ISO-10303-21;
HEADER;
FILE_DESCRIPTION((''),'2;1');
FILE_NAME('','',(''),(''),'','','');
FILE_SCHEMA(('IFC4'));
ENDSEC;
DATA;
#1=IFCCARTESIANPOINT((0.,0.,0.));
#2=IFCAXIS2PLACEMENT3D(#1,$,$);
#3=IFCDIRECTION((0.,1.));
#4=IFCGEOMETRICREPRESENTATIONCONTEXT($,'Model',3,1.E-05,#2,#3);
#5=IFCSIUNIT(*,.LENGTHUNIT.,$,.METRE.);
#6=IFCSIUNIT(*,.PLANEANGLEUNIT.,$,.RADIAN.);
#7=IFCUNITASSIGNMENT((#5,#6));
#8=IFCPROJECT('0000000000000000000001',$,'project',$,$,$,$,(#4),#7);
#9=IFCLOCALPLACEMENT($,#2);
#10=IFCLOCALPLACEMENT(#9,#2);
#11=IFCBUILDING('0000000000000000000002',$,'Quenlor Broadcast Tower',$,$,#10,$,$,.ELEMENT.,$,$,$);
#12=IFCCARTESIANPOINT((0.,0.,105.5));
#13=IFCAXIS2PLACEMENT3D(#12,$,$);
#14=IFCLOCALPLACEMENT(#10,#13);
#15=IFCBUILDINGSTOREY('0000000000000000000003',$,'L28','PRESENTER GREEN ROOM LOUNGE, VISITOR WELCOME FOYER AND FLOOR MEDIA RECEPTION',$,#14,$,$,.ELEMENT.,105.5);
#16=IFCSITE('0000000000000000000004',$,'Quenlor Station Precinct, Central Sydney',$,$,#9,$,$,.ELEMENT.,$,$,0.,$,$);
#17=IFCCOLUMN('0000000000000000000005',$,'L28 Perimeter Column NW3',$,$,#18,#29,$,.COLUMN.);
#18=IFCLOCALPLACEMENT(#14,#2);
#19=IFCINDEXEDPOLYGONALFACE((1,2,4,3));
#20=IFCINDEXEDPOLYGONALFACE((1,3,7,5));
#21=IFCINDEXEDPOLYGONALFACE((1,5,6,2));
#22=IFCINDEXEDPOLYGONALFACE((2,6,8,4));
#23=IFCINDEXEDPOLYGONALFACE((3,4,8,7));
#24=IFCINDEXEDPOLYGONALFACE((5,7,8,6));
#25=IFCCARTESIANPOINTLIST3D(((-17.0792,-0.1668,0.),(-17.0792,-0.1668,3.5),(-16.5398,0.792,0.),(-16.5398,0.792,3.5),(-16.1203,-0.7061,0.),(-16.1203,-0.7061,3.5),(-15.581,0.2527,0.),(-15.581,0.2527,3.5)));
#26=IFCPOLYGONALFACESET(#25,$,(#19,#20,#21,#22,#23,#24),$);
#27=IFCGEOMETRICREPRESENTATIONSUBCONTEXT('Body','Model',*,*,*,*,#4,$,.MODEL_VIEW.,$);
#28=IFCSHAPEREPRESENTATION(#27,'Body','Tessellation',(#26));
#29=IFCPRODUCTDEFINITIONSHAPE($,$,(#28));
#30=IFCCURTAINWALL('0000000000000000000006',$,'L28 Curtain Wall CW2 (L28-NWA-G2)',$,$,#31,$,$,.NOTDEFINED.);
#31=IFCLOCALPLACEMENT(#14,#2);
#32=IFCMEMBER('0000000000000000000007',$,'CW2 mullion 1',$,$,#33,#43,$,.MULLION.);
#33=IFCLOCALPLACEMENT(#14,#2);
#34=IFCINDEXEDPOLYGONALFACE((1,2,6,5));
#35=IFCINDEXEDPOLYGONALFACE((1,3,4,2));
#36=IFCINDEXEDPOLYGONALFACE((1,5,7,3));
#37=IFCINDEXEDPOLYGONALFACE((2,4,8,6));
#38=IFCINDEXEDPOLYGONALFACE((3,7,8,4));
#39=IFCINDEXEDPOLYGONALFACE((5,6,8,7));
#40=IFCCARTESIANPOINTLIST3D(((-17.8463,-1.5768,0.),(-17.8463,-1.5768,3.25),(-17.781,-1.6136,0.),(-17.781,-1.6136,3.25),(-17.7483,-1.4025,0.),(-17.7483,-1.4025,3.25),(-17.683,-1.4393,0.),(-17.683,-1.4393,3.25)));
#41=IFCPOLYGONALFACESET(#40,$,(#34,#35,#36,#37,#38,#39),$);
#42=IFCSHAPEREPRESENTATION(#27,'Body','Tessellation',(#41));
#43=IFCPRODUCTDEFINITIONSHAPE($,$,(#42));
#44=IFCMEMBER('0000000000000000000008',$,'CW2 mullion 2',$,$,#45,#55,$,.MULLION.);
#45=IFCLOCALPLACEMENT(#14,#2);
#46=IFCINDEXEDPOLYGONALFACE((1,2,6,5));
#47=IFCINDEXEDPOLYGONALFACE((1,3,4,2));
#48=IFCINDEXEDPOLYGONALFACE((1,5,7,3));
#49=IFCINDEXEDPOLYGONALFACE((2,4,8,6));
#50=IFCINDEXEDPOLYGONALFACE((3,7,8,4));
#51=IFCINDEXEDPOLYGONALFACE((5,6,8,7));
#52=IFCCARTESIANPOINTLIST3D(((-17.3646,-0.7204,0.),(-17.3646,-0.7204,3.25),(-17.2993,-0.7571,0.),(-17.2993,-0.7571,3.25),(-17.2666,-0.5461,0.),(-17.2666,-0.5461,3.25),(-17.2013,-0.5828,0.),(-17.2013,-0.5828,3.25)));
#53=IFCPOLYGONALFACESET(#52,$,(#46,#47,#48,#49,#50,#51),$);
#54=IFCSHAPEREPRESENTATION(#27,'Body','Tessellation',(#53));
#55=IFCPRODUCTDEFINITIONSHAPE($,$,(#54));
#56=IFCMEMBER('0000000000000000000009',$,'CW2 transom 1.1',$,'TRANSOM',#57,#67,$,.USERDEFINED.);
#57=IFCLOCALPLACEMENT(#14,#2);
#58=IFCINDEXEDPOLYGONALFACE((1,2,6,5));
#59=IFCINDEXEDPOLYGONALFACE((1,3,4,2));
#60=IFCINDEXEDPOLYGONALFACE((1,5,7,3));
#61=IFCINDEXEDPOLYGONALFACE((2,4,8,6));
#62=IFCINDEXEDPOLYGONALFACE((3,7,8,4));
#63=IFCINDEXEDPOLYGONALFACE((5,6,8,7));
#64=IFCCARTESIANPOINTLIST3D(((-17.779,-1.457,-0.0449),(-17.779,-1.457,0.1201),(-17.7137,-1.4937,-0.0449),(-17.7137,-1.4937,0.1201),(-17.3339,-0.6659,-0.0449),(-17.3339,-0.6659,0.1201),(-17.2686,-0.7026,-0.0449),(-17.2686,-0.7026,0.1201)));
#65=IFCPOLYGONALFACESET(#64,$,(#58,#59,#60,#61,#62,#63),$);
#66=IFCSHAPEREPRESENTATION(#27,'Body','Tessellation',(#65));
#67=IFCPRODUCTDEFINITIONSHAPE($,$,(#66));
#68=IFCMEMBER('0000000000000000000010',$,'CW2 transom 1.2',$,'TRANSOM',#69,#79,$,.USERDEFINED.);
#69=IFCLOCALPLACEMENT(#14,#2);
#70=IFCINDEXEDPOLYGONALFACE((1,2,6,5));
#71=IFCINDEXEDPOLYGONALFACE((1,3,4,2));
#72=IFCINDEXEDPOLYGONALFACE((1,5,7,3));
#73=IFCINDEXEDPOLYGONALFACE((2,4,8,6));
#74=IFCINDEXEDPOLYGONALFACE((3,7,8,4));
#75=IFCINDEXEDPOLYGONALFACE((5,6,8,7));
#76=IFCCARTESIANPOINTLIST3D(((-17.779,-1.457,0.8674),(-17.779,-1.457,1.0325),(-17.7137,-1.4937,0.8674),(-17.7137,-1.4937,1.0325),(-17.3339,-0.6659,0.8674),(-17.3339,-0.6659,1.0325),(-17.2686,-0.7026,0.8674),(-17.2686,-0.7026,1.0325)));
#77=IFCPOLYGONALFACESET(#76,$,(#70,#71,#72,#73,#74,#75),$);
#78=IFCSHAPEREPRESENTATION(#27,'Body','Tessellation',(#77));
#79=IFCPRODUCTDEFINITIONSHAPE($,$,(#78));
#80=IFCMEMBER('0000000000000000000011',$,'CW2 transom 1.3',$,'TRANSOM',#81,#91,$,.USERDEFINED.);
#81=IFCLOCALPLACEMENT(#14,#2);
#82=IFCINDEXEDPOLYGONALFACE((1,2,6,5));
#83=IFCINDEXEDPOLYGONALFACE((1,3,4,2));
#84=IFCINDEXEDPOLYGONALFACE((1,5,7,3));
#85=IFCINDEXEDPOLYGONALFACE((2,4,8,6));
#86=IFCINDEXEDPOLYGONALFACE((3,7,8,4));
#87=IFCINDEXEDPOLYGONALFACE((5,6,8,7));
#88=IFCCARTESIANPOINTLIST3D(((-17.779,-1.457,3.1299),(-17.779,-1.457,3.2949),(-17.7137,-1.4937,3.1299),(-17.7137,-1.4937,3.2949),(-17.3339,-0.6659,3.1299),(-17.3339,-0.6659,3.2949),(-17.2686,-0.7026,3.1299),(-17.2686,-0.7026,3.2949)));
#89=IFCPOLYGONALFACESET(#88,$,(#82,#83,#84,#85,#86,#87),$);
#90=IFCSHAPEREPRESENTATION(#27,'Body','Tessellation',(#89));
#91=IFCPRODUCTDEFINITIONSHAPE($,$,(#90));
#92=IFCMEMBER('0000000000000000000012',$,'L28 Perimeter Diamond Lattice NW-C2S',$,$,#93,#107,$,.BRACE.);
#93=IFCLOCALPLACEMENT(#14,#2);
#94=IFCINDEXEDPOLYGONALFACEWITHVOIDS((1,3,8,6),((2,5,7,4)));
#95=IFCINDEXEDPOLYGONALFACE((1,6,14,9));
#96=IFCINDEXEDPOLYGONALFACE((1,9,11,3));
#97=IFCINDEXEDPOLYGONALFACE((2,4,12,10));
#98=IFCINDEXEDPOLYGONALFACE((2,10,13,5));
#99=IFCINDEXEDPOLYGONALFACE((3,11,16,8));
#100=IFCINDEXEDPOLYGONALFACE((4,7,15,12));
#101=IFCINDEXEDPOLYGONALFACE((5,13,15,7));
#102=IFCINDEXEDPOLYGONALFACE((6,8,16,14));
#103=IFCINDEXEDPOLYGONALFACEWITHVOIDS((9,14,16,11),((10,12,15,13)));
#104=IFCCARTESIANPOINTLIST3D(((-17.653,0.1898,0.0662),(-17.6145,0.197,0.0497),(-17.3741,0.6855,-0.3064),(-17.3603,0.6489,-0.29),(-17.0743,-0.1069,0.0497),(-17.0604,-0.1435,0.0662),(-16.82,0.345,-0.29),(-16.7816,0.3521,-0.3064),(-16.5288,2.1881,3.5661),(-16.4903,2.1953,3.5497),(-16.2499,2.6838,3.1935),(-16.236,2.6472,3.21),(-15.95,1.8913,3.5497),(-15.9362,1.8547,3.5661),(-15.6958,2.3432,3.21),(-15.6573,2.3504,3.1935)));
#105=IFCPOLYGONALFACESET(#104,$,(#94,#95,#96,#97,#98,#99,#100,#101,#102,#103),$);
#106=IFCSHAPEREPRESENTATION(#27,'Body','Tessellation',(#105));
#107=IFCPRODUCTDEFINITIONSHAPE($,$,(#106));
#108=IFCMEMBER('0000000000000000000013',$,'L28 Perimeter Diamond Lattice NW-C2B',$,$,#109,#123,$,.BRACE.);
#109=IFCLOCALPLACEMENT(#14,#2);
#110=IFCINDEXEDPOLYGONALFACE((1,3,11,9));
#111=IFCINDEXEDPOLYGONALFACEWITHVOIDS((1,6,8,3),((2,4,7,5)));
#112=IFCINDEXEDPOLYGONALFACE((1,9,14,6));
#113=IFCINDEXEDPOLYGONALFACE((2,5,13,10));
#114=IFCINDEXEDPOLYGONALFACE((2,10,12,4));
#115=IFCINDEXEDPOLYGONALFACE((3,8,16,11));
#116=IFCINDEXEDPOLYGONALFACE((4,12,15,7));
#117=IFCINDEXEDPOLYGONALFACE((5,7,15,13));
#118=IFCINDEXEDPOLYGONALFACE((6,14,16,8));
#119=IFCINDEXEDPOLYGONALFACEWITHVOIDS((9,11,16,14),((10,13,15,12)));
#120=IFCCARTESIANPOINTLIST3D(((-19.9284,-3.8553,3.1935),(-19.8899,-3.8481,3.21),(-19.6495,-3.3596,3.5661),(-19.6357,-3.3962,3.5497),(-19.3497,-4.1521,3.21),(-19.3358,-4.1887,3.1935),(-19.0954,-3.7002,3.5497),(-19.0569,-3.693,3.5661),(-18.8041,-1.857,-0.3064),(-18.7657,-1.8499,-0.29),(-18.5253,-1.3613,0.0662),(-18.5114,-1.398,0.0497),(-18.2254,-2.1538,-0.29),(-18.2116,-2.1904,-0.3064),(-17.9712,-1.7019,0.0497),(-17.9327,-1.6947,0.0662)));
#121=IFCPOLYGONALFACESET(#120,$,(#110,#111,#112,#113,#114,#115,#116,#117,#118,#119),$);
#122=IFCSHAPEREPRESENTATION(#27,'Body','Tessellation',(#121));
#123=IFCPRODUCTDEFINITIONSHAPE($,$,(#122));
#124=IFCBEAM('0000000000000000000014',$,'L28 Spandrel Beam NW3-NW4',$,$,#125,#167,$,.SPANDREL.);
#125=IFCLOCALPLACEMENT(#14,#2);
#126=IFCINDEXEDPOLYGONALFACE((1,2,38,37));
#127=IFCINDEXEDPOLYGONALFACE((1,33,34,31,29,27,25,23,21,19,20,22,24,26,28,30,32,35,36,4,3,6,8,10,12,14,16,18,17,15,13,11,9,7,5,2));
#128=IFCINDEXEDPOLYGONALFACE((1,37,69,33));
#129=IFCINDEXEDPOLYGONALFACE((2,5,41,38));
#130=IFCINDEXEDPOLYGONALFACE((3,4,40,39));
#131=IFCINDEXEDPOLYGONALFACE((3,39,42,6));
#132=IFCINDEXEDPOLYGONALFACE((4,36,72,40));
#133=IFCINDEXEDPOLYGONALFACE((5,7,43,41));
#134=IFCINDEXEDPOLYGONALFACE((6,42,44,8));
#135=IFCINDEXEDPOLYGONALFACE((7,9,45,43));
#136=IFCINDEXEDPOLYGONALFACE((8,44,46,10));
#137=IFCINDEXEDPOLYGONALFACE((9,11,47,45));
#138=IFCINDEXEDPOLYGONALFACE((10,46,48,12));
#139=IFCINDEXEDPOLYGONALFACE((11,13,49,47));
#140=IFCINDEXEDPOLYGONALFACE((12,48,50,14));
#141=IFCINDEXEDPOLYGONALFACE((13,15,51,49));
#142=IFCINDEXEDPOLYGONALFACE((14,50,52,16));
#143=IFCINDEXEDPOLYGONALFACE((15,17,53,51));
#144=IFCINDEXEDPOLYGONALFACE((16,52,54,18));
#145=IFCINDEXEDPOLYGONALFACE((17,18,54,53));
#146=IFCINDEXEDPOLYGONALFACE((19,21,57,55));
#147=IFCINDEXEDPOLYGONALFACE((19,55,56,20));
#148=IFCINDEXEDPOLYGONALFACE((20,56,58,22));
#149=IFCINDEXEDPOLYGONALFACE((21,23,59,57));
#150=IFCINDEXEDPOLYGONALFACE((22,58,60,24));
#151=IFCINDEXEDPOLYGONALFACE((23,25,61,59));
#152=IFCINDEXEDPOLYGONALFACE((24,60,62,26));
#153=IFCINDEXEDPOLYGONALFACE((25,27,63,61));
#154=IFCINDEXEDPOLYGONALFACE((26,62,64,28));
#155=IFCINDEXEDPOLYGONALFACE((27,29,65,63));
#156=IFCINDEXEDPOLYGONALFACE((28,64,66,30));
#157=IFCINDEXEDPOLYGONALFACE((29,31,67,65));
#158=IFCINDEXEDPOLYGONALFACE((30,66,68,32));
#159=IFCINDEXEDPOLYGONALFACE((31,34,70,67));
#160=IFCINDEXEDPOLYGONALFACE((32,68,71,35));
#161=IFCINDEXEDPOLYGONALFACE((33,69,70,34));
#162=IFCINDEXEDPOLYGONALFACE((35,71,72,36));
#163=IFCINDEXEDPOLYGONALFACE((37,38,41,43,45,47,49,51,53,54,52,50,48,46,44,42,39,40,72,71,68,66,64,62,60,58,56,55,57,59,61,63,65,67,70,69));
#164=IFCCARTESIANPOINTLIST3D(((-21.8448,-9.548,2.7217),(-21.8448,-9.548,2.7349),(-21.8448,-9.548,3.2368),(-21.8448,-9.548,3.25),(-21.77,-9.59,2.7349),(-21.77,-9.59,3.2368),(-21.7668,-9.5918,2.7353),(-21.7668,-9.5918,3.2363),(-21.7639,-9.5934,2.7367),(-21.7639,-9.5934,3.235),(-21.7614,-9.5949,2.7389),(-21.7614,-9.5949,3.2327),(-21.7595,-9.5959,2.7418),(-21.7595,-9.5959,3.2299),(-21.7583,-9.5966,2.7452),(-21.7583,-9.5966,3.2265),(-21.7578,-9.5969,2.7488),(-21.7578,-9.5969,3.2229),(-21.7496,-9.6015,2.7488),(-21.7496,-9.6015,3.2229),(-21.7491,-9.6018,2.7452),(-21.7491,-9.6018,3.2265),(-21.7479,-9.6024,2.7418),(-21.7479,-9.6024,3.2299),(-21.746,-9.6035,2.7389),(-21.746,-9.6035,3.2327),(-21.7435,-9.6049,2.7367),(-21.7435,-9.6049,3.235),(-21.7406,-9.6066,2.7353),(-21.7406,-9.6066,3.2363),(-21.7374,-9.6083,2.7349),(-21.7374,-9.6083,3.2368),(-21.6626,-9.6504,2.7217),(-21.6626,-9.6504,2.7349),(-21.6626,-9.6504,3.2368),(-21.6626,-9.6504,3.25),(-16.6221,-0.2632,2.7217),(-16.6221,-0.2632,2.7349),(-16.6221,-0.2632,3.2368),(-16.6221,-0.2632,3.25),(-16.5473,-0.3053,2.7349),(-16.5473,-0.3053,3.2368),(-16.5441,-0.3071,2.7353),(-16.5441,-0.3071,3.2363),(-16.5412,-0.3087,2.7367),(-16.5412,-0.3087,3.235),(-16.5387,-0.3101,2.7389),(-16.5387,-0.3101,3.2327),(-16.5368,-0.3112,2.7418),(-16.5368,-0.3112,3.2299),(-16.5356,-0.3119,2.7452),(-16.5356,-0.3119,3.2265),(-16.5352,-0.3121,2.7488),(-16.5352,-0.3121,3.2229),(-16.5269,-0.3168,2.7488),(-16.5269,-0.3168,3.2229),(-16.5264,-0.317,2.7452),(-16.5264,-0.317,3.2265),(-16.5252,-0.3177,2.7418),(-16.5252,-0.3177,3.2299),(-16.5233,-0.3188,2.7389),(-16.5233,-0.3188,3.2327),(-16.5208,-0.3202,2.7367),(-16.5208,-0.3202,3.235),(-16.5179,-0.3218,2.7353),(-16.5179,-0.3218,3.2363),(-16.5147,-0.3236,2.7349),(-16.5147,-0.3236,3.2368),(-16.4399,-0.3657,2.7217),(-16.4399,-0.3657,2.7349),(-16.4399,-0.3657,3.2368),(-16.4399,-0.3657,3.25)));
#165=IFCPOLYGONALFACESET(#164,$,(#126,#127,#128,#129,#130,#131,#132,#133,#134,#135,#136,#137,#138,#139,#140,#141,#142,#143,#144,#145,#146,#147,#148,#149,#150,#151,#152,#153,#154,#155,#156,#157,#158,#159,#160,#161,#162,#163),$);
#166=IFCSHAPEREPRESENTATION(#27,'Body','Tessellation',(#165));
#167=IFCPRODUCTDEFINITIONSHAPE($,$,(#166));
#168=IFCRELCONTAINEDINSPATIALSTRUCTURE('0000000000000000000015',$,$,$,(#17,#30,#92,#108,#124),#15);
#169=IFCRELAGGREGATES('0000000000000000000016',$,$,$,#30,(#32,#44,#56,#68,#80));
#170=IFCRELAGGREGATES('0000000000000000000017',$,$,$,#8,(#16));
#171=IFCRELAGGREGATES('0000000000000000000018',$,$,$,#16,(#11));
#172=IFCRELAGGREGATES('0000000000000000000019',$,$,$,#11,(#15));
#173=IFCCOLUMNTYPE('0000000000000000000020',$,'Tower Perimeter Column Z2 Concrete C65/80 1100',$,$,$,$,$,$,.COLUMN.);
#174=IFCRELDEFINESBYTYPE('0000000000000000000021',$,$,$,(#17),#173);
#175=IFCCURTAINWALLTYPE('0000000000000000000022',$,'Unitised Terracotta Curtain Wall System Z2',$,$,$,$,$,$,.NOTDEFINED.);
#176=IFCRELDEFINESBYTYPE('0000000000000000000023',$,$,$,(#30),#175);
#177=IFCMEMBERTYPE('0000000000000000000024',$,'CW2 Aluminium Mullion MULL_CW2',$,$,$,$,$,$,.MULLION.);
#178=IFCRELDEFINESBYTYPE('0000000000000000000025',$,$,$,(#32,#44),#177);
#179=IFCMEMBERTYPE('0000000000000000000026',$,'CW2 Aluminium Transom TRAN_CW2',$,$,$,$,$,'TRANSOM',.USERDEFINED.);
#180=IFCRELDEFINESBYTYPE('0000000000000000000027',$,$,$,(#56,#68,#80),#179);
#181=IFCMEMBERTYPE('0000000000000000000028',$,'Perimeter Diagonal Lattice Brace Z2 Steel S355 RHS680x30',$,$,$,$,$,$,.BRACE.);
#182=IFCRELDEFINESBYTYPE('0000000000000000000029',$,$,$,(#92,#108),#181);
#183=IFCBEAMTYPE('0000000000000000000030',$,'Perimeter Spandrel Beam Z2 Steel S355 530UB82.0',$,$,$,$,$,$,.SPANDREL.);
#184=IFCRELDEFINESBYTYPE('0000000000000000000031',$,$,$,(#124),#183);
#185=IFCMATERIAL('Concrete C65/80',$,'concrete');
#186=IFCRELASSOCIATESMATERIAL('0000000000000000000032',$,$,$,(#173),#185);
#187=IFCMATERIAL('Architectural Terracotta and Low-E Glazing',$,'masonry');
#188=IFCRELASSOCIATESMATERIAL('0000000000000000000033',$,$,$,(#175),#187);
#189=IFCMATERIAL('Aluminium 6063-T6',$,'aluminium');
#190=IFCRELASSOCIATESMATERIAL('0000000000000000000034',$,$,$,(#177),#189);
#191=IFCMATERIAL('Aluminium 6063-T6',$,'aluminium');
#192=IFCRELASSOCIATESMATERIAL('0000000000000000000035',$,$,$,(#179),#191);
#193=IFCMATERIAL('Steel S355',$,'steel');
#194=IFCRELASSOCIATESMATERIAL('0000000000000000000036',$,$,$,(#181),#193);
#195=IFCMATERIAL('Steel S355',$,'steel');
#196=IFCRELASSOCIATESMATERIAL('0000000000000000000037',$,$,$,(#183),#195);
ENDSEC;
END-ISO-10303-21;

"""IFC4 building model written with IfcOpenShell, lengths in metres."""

from ifc_helpers import new_model, si_unit, direction, frame, origin, origin_2d, place, context, subcontext, project, spatial, rectangle, hollow_rectangle, i_section, extrude, material, material_profile, profile_set, type_object, element, aggregate, save


model = new_model("IFC4")

# Units and contexts
model_context = context("Model", 3, precision=1e-05, world=origin(), true_north=direction((0.0, 1.0)))
body_context = subcontext(model_context, "Body", "Model", "MODEL_VIEW")
ifc_project = project(units=[si_unit("LENGTHUNIT", "METRE"), si_unit("PLANEANGLEUNIT", "RADIAN")], contexts=[model_context])

# Site, building, storey
site_placement = place(None, origin())
site = spatial("IfcSite", under=ifc_project, at=site_placement, Name="Quenlor Station Precinct, Central Sydney", CompositionType="ELEMENT", RefElevation=0.0)
building_placement = place(site_placement, origin())
building = spatial("IfcBuilding", under=site, at=building_placement, Name="Quenlor Broadcast Tower", CompositionType="ELEMENT")
storey_placement = place(building_placement, frame((0.0, 0.0, 105.5)))
storey = spatial("IfcBuildingStorey", under=building, at=storey_placement, Name="L28", Description="PRESENTER GREEN ROOM LOUNGE, VISITOR WELCOME FOYER AND FLOOR MEDIA RECEPTION", CompositionType="ELEMENT", Elevation=105.5)

# Column
ifc_material_1 = material(Name="Concrete C65/80", Category="concrete")
ifc_material_profile_1 = material_profile(ifc_material_1, rectangle(XDim=1.1001, YDim=1.1001, at=origin_2d()))
ifc_profile_set_1 = profile_set([ifc_material_profile_1], Name="Concrete C65/80 RC1100x1100")
column_type = type_object("IfcColumnType", Name="Tower Perimeter Column Z2 Concrete C65/80 1100", PredefinedType="COLUMN", material=ifc_profile_set_1)
column_placement = place(storey_placement, frame((-16.3301, 0.043, 0.0), z_axis=(0.0, 0.0, 1.0), x_axis=(-0.871575, 0.490262, 0.0)))
element("IfcColumn", 1, at=column_placement, inside=storey, type_object=column_type, Name="L28 Perimeter Column NW3", PredefinedType="COLUMN", context=body_context, shape_type="SweptSolid", body=[
    extrude(rectangle(XDim=1.1001, YDim=1.1001, at=origin_2d()), origin(), (0.0, 0.0, 1.0), 3.5),
])

# Curtain wall, members
ifc_material_2 = material(Name="Architectural Terracotta and Low-E Glazing", Category="masonry")
curtain_wall_type = type_object("IfcCurtainWallType", Name="Unitised Terracotta Curtain Wall System Z2", PredefinedType="NOTDEFINED", material=ifc_material_2)
curtain_wall_placement = place(storey_placement, origin())
curtain_wall = element("IfcCurtainWall", 2, at=curtain_wall_placement, inside=storey, type_object=curtain_wall_type, Name="L28 Curtain Wall CW2 (L28-NWA-G2)", PredefinedType="NOTDEFINED")
ifc_material_3 = material(Name="Aluminium 6063-T6", Category="aluminium")
ifc_material_profile_2 = material_profile(ifc_material_3, rectangle(XDim=0.075, YDim=0.2, at=origin_2d()))
ifc_profile_set_2 = profile_set([ifc_material_profile_2], Name="Aluminium 6063-T6 MULL75x200")
member_type_1 = type_object("IfcMemberType", Name="CW2 Aluminium Mullion MULL_CW2", PredefinedType="MULLION", material=ifc_profile_set_2)
member_1_placement = place(storey_placement, frame((-17.7646, -1.5081, 0.0), z_axis=(0.0, 0.0, 1.0), x_axis=(-0.871581, 0.490252, 0.0)))
member_1 = element("IfcMember", 3, at=member_1_placement, type_object=member_type_1, Name="CW2 mullion 1", PredefinedType="MULLION", context=body_context, shape_type="SweptSolid", body=[
    extrude(rectangle(XDim=0.075, YDim=0.2, at=origin_2d()), origin(), (0.0, 0.0, 1.0), 3.25),
])
member_2_placement = place(storey_placement, frame((-17.283, -0.6516, 0.0), z_axis=(0.0, 0.0, 1.0), x_axis=(-0.871581, 0.490252, 0.0)))
member_2 = element("IfcMember", 4, at=member_2_placement, type_object=member_type_1, Name="CW2 mullion 2", PredefinedType="MULLION", context=body_context, shape_type="SweptSolid", body=[
    extrude(rectangle(XDim=0.075, YDim=0.2, at=origin_2d()), origin(), (0.0, 0.0, 1.0), 3.25),
])
ifc_material_4 = material(Name="Aluminium 6063-T6", Category="aluminium")
ifc_material_profile_3 = material_profile(ifc_material_4, rectangle(XDim=0.075, YDim=0.165, at=origin_2d()))
ifc_profile_set_3 = profile_set([ifc_material_profile_3], Name="Aluminium 6063-T6 TRAN75x165")
member_type_2 = type_object("IfcMemberType", Name="CW2 Aluminium Transom TRAN_CW2", ElementType="TRANSOM", PredefinedType="USERDEFINED", material=ifc_profile_set_3)
member_3_placement = place(storey_placement, frame((-17.7463, -1.4753, 0.0376), z_axis=(0.490363, 0.871518, 0.0), x_axis=(-0.871518, 0.490363, 0.0)))
member_3 = element("IfcMember", 5, at=member_3_placement, type_object=member_type_2, Name="CW2 transom 1.1", ObjectType="TRANSOM", PredefinedType="USERDEFINED", context=body_context, shape_type="SweptSolid", body=[
    extrude(rectangle(XDim=0.075, YDim=0.165, at=origin_2d()), origin(), (0.0, 0.0, 1.0), 0.9077),
])
member_4_placement = place(storey_placement, frame((-17.7463, -1.4753, 0.95), z_axis=(0.490363, 0.871518, 0.0), x_axis=(-0.871518, 0.490363, 0.0)))
member_4 = element("IfcMember", 6, at=member_4_placement, type_object=member_type_2, Name="CW2 transom 1.2", ObjectType="TRANSOM", PredefinedType="USERDEFINED", context=body_context, shape_type="SweptSolid", body=[
    extrude(rectangle(XDim=0.075, YDim=0.165, at=origin_2d()), origin(), (0.0, 0.0, 1.0), 0.9077),
])
member_5_placement = place(storey_placement, frame((-17.7463, -1.4753, 3.2124), z_axis=(0.490363, 0.871518, 0.0), x_axis=(-0.871518, 0.490363, 0.0)))
member_5 = element("IfcMember", 7, at=member_5_placement, type_object=member_type_2, Name="CW2 transom 1.3", ObjectType="TRANSOM", PredefinedType="USERDEFINED", context=body_context, shape_type="SweptSolid", body=[
    extrude(rectangle(XDim=0.075, YDim=0.165, at=origin_2d()), origin(), (0.0, 0.0, 1.0), 0.9077),
])

# Members
ifc_material_5 = material(Name="Steel S355", Category="steel")
ifc_material_profile_4 = material_profile(ifc_material_5, hollow_rectangle(XDim=0.6799, YDim=0.6799, WallThickness=0.03, at=origin_2d()))
ifc_profile_set_4 = profile_set([ifc_material_profile_4], Name="Steel S355 RHS680x680x30")
member_type_3 = type_object("IfcMemberType", Name="Perimeter Diagonal Lattice Brace Z2 Steel S355 RHS680x30", PredefinedType="BRACE", material=ifc_profile_set_4)
for number, where, z_axis, x_axis, name in (
    (8, (-17.2173, 0.271, -0.1201), (0.268697, 0.477585, 0.836489), (-0.871533, 0.490337, 0.0), "L28 Perimeter Diamond Lattice NW-C2S"),
    (9, (-18.3684, -1.7759, -0.1201), (-0.268697, -0.477585, 0.836489), (0.871533, -0.490337, 0.0), "L28 Perimeter Diamond Lattice NW-C2B"),
):
    element("IfcMember", number, at=place(storey_placement, frame(where, z_axis=z_axis, x_axis=x_axis)), inside=storey, type_object=member_type_3, Name=name, PredefinedType="BRACE", context=body_context, shape_type="SweptSolid", body=[
        extrude(hollow_rectangle(XDim=0.6799, YDim=0.6799, WallThickness=0.03, at=origin_2d()), origin(), (0.0, 0.0, 1.0), 4.1841),
    ])

# Beam
ifc_material_6 = material(Name="Steel S355", Category="steel")
ifc_material_profile_5 = material_profile(ifc_material_6, i_section(OverallWidth=0.209, OverallDepth=0.5283, WebThickness=0.0095, FlangeThickness=0.0132, FilletRadius=0.0139, at=origin_2d()))
ifc_profile_set_5 = profile_set([ifc_material_profile_5], Name="Steel S355 530UB82.0")
beam_type_1 = type_object("IfcBeamType", Name="Perimeter Spandrel Beam Z2 Steel S355 530UB82.0", PredefinedType="SPANDREL", material=ifc_profile_set_5)
beam_1_placement = place(storey_placement, frame((-16.531, -0.3145, 2.9858), z_axis=(-0.490263, -0.871574, 0.0), x_axis=(0.871574, -0.490263, 0.0)))
element("IfcBeam", 10, at=beam_1_placement, inside=storey, type_object=beam_type_1, Name="L28 Spandrel Beam NW3-NW4", PredefinedType="SPANDREL", context=body_context, shape_type="SweptSolid", body=[
    extrude(i_section(OverallWidth=0.209, OverallDepth=0.5283, WebThickness=0.0095, FlangeThickness=0.0132, FilletRadius=0.0139, at=origin_2d()), origin(), (0.0, 0.0, 1.0), 10.6528),
])

aggregate(curtain_wall, [member_1, member_2, member_3, member_4, member_5])

save(model, "model.ifc")
